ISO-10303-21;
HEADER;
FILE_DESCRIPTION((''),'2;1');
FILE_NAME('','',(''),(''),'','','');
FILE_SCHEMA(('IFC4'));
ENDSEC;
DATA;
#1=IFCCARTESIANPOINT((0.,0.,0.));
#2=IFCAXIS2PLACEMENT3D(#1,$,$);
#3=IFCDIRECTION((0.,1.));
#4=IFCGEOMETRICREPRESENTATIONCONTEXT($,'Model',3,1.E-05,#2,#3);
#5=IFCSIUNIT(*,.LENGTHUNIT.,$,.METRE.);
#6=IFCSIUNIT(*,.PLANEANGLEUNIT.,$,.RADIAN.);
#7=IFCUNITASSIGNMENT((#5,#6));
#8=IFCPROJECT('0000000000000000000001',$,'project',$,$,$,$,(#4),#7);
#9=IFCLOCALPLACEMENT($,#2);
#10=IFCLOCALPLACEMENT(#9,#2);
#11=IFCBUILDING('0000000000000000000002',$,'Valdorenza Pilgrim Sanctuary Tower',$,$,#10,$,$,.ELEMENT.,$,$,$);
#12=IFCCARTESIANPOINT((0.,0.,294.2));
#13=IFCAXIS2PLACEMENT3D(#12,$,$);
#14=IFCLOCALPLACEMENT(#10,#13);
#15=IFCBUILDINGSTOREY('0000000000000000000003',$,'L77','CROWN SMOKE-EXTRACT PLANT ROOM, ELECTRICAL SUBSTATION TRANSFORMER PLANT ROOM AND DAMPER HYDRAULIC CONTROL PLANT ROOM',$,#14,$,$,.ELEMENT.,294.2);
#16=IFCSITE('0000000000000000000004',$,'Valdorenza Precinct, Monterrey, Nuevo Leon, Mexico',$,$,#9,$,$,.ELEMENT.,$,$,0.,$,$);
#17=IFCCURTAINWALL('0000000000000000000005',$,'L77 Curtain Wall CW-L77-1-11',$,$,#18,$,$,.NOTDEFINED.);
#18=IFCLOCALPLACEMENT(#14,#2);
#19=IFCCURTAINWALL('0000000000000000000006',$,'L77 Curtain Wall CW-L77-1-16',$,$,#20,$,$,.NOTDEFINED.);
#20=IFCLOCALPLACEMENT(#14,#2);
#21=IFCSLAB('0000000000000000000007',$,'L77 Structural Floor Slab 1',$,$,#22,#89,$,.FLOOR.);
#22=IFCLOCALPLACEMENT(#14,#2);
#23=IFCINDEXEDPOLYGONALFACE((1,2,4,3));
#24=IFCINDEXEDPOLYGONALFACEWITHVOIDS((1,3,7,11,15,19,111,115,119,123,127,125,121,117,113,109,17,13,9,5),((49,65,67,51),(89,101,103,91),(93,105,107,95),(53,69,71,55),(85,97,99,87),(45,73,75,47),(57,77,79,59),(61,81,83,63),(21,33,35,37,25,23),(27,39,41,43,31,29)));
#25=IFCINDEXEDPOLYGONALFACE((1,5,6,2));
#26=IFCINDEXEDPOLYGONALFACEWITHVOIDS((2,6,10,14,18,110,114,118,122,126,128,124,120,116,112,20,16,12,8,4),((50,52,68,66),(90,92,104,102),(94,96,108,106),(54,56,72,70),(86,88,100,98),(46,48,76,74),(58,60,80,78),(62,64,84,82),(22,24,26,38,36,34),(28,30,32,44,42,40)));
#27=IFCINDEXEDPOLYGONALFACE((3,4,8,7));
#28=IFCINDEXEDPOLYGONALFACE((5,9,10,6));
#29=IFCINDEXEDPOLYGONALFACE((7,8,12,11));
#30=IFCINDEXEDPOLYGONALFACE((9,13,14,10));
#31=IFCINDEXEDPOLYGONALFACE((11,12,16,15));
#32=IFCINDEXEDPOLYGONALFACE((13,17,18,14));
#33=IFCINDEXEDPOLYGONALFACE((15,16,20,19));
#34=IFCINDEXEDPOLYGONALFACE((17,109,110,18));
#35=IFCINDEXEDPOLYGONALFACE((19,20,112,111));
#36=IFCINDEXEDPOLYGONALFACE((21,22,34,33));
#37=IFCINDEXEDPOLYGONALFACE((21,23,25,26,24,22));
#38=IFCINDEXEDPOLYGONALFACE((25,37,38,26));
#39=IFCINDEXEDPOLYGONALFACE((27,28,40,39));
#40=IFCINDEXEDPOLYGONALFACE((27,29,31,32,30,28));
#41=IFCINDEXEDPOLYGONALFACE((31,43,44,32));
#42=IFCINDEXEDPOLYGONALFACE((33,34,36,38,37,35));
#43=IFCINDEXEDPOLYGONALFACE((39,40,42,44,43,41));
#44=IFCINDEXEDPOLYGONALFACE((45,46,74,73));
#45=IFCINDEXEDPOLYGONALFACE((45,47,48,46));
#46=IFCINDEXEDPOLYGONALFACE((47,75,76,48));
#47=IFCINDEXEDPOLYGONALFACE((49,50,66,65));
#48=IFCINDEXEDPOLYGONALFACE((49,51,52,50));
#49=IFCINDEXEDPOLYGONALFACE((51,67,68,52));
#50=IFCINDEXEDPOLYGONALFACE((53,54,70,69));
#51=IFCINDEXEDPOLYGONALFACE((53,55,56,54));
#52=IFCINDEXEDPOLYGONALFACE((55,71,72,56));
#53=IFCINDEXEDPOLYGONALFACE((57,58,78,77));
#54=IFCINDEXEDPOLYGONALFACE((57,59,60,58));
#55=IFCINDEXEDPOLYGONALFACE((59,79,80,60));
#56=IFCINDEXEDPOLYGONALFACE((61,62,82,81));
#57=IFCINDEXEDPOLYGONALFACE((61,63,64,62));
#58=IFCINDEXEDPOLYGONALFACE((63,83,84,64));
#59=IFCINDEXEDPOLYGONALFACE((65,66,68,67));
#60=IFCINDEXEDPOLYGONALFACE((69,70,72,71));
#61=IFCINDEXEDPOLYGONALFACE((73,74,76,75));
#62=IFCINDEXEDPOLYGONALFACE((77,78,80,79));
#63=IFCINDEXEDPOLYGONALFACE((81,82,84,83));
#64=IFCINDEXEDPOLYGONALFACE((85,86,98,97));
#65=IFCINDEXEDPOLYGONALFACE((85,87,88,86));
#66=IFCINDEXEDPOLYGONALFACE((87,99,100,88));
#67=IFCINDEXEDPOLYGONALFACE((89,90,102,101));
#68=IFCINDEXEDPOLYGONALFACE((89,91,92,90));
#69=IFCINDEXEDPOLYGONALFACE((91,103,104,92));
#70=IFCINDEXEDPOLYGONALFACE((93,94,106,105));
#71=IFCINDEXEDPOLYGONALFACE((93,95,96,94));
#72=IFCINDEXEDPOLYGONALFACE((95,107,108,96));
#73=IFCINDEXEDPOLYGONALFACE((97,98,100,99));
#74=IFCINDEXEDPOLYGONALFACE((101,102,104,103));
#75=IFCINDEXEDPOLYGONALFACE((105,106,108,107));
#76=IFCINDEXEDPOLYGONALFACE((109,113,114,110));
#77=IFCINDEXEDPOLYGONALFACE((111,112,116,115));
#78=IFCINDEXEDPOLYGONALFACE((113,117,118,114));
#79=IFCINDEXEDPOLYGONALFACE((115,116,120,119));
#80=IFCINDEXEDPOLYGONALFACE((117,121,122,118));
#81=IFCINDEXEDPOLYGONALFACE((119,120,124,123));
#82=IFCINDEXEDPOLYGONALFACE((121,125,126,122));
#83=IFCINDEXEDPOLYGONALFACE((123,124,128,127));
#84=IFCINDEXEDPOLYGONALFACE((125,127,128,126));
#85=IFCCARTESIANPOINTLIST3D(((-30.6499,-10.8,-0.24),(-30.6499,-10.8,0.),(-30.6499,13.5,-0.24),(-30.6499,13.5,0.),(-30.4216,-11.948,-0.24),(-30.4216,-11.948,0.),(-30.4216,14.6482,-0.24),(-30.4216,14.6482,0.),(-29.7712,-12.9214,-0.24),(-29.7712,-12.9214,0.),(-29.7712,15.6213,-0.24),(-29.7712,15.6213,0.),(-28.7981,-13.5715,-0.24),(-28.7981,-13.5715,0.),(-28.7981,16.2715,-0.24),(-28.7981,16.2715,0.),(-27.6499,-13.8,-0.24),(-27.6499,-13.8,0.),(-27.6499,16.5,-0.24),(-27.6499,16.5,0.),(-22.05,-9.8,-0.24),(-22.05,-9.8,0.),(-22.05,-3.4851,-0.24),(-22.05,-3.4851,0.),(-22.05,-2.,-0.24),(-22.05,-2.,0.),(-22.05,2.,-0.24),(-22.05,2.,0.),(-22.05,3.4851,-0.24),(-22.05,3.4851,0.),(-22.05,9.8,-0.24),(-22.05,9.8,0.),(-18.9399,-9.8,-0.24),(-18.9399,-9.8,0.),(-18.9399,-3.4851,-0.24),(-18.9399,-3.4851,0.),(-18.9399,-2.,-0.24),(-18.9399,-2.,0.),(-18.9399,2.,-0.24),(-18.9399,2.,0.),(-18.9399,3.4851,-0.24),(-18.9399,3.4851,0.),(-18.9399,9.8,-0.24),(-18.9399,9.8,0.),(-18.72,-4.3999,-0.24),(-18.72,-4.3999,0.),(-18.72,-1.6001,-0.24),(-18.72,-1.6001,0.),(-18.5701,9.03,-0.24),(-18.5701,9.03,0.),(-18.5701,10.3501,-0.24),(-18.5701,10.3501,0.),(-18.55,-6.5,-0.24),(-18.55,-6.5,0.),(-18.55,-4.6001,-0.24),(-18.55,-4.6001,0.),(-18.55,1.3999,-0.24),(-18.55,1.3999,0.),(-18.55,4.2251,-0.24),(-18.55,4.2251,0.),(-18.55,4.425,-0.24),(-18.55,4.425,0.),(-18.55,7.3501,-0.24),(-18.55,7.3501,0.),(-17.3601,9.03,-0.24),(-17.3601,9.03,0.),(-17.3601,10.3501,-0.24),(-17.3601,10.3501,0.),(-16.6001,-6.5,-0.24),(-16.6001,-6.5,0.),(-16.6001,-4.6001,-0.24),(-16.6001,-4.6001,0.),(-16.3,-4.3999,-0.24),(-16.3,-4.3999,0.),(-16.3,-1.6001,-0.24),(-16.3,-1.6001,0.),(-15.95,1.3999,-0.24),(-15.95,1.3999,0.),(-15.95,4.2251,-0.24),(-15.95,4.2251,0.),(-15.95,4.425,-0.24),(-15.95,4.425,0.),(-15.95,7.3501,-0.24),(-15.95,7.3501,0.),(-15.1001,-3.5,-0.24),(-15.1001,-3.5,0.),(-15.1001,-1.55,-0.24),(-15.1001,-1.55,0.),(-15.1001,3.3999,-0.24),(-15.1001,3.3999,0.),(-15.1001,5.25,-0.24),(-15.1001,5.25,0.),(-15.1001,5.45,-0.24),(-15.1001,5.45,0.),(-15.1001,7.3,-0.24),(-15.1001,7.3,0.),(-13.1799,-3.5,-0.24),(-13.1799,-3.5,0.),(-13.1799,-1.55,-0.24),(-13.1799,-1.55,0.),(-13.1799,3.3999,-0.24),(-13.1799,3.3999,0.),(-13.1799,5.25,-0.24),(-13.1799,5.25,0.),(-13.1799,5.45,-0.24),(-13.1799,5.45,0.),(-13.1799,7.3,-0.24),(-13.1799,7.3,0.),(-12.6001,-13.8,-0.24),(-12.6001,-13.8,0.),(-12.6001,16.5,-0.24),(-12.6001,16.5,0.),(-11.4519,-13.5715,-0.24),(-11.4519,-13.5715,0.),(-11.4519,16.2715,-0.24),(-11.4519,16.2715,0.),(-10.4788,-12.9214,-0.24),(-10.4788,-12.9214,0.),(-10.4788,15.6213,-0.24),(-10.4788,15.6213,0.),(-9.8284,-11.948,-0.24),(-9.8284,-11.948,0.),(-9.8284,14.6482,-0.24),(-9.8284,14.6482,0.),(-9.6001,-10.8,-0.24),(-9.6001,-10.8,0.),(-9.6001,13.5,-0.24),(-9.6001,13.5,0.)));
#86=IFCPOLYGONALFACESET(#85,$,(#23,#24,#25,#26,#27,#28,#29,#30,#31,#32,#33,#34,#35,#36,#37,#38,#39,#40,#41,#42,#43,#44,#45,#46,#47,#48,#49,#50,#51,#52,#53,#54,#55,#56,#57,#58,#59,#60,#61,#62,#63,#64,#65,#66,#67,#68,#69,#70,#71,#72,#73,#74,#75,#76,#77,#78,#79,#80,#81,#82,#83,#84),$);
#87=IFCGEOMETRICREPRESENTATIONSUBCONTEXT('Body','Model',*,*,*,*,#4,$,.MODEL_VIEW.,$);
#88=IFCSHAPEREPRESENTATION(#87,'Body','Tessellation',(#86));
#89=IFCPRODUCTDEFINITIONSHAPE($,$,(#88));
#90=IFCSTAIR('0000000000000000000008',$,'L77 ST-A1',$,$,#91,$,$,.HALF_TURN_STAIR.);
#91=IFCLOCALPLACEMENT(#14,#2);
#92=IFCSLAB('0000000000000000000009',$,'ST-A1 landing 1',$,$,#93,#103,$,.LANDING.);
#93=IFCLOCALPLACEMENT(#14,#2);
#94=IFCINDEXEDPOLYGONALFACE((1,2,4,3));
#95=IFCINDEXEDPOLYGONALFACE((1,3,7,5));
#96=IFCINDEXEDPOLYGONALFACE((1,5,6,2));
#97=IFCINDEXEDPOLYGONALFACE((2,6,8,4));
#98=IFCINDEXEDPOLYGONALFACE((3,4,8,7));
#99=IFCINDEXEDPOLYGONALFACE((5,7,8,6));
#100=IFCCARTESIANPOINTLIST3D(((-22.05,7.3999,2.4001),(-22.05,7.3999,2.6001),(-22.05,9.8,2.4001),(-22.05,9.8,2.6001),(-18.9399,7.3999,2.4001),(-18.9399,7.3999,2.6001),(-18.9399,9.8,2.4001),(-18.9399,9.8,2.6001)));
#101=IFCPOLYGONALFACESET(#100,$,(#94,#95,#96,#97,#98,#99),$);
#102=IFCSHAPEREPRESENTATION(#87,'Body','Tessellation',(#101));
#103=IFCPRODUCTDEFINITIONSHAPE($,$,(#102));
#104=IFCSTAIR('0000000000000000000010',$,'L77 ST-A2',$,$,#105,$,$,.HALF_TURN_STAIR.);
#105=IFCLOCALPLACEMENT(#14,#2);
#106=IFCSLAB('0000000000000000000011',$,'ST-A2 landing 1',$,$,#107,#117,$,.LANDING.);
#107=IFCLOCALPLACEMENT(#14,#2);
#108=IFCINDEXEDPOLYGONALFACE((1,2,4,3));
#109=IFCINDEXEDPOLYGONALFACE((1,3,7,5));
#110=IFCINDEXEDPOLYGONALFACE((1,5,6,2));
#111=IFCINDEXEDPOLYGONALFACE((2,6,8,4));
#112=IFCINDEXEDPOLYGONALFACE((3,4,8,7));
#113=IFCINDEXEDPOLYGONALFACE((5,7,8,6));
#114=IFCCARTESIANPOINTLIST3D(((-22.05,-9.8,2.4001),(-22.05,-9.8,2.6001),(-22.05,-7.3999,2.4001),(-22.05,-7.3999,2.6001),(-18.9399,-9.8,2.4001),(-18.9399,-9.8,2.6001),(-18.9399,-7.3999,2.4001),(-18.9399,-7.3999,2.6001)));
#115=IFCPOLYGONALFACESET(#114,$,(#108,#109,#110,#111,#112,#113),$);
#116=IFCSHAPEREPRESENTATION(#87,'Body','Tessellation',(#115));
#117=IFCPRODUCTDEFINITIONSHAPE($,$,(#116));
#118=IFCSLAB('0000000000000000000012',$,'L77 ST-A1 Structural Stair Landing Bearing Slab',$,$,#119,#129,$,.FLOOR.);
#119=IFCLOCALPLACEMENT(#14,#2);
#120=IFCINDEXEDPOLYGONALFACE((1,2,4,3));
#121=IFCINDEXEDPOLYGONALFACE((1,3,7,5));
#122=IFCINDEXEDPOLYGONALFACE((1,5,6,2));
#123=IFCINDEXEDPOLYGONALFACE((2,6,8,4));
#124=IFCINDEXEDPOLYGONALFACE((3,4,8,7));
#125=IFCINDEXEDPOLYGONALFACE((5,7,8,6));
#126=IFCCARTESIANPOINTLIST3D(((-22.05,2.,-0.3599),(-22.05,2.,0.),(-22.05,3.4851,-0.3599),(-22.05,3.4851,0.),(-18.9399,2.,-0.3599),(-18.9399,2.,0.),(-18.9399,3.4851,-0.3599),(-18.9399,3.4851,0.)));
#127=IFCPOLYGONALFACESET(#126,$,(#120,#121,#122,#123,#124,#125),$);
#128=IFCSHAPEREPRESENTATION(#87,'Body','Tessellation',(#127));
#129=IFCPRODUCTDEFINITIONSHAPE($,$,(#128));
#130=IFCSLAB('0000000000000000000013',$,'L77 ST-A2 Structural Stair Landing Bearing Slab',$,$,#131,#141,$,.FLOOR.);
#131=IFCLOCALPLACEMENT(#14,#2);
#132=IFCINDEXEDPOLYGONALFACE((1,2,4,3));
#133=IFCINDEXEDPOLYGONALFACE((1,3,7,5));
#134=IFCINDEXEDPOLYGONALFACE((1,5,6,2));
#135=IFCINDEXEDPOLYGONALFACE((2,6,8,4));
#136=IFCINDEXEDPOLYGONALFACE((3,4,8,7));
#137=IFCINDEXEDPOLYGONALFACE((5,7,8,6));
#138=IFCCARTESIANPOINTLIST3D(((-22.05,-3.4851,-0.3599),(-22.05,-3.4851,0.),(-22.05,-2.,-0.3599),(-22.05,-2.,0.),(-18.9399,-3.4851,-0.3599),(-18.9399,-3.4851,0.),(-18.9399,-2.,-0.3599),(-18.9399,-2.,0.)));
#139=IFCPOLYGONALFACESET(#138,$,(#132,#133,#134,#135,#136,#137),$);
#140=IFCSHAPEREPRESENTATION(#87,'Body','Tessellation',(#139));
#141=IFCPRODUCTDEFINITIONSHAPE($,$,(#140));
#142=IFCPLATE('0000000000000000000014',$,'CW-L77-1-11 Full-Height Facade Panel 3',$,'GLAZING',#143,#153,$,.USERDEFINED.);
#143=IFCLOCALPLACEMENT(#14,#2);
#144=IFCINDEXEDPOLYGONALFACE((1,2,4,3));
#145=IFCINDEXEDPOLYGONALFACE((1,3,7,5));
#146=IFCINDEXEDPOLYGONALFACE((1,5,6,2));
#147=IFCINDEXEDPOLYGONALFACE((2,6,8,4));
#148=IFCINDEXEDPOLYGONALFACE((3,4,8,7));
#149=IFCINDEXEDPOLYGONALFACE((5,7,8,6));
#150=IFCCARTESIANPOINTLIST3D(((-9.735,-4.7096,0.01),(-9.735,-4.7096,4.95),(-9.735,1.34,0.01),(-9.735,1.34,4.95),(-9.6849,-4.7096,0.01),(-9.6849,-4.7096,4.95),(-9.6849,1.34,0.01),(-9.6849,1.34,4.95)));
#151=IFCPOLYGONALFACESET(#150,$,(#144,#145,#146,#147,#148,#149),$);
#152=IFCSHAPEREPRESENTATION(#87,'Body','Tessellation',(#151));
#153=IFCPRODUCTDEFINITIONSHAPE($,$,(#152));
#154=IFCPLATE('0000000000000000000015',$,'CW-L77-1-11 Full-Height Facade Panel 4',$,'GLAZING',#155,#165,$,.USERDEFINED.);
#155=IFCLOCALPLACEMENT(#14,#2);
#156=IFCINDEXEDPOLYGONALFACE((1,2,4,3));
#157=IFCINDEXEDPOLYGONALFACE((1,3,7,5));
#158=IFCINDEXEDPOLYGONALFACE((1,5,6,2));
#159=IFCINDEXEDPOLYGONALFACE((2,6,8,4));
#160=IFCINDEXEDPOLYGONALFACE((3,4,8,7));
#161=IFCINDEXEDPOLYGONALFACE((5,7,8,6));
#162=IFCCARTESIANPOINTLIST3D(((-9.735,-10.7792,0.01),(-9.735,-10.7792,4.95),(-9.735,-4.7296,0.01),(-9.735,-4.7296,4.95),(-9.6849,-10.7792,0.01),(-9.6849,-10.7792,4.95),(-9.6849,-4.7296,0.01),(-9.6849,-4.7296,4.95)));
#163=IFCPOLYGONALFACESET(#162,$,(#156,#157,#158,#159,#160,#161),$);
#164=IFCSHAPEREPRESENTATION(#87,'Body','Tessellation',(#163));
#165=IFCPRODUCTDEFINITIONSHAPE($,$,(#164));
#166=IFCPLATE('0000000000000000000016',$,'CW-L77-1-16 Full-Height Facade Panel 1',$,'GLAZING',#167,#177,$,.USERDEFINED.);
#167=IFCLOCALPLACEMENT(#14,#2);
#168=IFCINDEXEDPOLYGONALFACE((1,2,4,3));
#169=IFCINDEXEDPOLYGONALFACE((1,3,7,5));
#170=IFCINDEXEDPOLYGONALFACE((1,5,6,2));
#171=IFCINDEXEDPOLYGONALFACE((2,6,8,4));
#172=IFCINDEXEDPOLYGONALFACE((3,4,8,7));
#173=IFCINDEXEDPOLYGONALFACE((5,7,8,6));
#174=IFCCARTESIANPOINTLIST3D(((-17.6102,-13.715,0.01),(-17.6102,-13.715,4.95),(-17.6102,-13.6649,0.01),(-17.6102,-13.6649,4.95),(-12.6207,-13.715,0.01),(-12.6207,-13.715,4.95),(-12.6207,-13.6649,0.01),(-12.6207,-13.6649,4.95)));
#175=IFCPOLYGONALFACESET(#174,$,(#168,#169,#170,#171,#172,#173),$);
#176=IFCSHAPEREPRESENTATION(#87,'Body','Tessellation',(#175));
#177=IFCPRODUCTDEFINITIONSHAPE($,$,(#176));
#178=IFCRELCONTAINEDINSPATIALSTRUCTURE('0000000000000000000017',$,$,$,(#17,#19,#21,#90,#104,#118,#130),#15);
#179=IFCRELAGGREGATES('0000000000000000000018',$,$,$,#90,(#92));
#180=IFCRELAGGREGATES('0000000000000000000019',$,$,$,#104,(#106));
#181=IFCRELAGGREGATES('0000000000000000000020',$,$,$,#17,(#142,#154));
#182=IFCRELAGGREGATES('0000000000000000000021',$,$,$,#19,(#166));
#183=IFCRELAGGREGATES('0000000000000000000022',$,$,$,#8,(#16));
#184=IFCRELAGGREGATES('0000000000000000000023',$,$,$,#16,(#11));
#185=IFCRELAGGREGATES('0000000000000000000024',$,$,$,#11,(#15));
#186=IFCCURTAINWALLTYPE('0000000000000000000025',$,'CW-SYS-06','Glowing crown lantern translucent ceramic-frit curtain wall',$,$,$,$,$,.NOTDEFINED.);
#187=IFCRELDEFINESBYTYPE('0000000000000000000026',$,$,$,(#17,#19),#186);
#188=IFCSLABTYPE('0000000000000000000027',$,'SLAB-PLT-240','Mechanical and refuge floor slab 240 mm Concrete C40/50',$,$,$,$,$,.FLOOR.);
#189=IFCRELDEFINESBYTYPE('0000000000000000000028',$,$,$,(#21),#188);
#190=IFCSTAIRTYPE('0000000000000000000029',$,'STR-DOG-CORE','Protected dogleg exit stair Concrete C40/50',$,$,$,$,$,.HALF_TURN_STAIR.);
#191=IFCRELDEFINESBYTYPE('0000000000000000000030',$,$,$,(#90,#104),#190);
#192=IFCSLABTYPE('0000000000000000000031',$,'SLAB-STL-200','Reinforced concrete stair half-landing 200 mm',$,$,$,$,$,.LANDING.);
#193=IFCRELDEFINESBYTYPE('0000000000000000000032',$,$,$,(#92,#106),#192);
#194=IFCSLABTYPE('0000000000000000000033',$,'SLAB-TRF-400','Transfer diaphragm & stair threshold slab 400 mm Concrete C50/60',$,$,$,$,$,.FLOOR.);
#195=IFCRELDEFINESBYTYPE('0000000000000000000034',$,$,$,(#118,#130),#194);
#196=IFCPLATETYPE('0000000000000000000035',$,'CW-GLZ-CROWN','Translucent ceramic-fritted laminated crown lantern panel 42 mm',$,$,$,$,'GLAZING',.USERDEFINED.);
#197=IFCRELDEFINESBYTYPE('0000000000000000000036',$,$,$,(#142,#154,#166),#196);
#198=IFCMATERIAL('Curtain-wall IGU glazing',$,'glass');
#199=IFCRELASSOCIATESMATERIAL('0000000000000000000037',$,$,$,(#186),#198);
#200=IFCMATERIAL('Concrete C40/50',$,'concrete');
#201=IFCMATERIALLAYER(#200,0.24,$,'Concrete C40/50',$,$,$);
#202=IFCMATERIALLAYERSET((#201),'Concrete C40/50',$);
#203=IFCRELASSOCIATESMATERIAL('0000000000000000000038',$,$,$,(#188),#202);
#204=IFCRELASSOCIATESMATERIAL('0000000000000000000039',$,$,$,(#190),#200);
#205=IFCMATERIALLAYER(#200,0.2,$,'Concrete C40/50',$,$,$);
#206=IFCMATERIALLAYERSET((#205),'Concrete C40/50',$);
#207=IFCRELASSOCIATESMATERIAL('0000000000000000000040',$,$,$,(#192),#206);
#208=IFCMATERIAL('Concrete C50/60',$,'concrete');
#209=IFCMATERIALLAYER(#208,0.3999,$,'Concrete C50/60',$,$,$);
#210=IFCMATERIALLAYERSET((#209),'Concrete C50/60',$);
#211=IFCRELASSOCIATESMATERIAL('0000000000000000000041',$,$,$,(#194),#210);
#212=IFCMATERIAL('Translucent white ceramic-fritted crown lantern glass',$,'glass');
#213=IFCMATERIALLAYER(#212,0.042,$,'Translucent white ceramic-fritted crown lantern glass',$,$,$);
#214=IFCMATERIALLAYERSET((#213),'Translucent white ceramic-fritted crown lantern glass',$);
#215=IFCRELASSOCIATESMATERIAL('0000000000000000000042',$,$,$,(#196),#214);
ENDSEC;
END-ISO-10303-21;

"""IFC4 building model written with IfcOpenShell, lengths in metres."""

from ifc_helpers import new_model, si_unit, direction, frame, origin, origin_2d, place, context, subcontext, project, spatial, polyline, rectangle, outline, extrude, source, transform, mapped, material, layer, layer_set, type_object, element, aggregate, save


model = new_model("IFC4")

# Units and contexts
model_context = context("Model", 3, precision=1e-05, world=origin(), true_north=direction((0.0, 1.0)))
body_context = subcontext(model_context, "Body", "Model", "MODEL_VIEW")
ifc_project = project(units=[si_unit("LENGTHUNIT", "METRE"), si_unit("PLANEANGLEUNIT", "RADIAN")], contexts=[model_context])

# Site, building, storey
site_placement = place(None, origin())
site = spatial("IfcSite", under=ifc_project, at=site_placement, Name="Valdorenza Precinct, Monterrey, Nuevo Leon, Mexico", CompositionType="ELEMENT", RefElevation=0.0)
building_placement = place(site_placement, origin())
building = spatial("IfcBuilding", under=site, at=building_placement, Name="Valdorenza Pilgrim Sanctuary Tower", CompositionType="ELEMENT")
storey_placement = place(building_placement, frame((0.0, 0.0, 294.2)))
storey = spatial("IfcBuildingStorey", under=building, at=storey_placement, Name="L77", Description="CROWN SMOKE-EXTRACT PLANT ROOM, ELECTRICAL SUBSTATION TRANSFORMER PLANT ROOM AND DAMPER HYDRAULIC CONTROL PLANT ROOM", CompositionType="ELEMENT", Elevation=294.2)

# Shared definitions
ifc_material_1 = material(Name="Concrete C50/60", Category="concrete")

# Curtain walls
ifc_material_2 = material(Name="Curtain-wall IGU glazing", Category="glass")
curtain_wall_type = type_object("IfcCurtainWallType", Name="CW-SYS-06", Description="Glowing crown lantern translucent ceramic-frit curtain wall", PredefinedType="NOTDEFINED", material=ifc_material_2)
curtain_wall_1_placement = place(storey_placement, origin())
curtain_wall_1 = element("IfcCurtainWall", 1, at=curtain_wall_1_placement, inside=storey, type_object=curtain_wall_type, Name="L77 Curtain Wall CW-L77-1-11", PredefinedType="NOTDEFINED")
curtain_wall_2_placement = place(storey_placement, origin())
curtain_wall_2 = element("IfcCurtainWall", 2, at=curtain_wall_2_placement, inside=storey, type_object=curtain_wall_type, Name="L77 Curtain Wall CW-L77-1-16", PredefinedType="NOTDEFINED")

# Slab
ifc_material_3 = material(Name="Concrete C40/50", Category="concrete")
ifc_layer_1 = layer(ifc_material_3, 0.24, Name="Concrete C40/50")
ifc_layer_set_1 = layer_set([ifc_layer_1], Name="Concrete C40/50")
slab_type_1 = type_object("IfcSlabType", Name="SLAB-PLT-240", Description="Mechanical and refuge floor slab 240 mm Concrete C40/50", PredefinedType="FLOOR", material=ifc_layer_set_1)
slab_1_placement = place(storey_placement, frame((0.0, 0.0, -0.24)))
element("IfcSlab", 3, at=slab_1_placement, inside=storey, type_object=slab_type_1, Name="L77 Structural Floor Slab 1", PredefinedType="FLOOR", context=body_context, shape_type="SweptSolid", body=[
    extrude(outline(polyline([(-30.6499, 13.5), (-30.4216, 14.6482), (-29.7712, 15.6213), (-28.7981, 16.2715), (-27.6499, 16.5), (-12.6001, 16.5), (-11.4519, 16.2715), (-10.4788, 15.6213), (-9.8284, 14.6482), (-9.6001, 13.5), (-9.6001, -10.8), (-9.8284, -11.948), (-10.4788, -12.9214), (-11.4519, -13.5715), (-12.6001, -13.8), (-27.6499, -13.8), (-28.7981, -13.5715), (-29.7712, -12.9214), (-30.4216, -11.948), (-30.6499, -10.8), (-30.6499, 13.5)]), holes=[polyline([(-22.05, -9.8), (-18.9399, -9.8), (-18.9399, -3.4851), (-18.9399, -2.0), (-22.05, -2.0), (-22.05, -3.4851), (-22.05, -9.8)]), polyline([(-16.6001, -6.5), (-16.6001, -4.6001), (-18.55, -4.6001), (-18.55, -6.5), (-16.6001, -6.5)]), polyline([(-22.05, 2.0), (-18.9399, 2.0), (-18.9399, 3.4851), (-18.9399, 9.8), (-22.05, 9.8), (-22.05, 3.4851), (-22.05, 2.0)]), polyline([(-17.3601, 9.03), (-17.3601, 10.3501), (-18.5701, 10.3501), (-18.5701, 9.03), (-17.3601, 9.03)]), polyline([(-16.3, -1.6001), (-18.72, -1.6001), (-18.72, -4.3999), (-16.3, -4.3999), (-16.3, -1.6001)]), polyline([(-13.1799, -3.5), (-13.1799, -1.55), (-15.1001, -1.55), (-15.1001, -3.5), (-13.1799, -3.5)]), polyline([(-15.95, 1.3999), (-15.95, 4.2251), (-18.55, 4.2251), (-18.55, 1.3999), (-15.95, 1.3999)]), polyline([(-13.1799, 5.25), (-15.1001, 5.25), (-15.1001, 3.3999), (-13.1799, 3.3999), (-13.1799, 5.25)]), polyline([(-15.95, 4.425), (-15.95, 7.3501), (-18.55, 7.3501), (-18.55, 4.425), (-15.95, 4.425)]), polyline([(-13.1799, 5.45), (-13.1799, 7.3), (-15.1001, 7.3), (-15.1001, 5.45), (-13.1799, 5.45)])]), origin(), (0.0, 0.0, 1.0), 0.24),
])

# Stairs, slabs
stair_type = type_object("IfcStairType", Name="STR-DOG-CORE", Description="Protected dogleg exit stair Concrete C40/50", PredefinedType="HALF_TURN_STAIR", material=ifc_material_3)
stair_1_placement = place(storey_placement, origin())
stair_1 = element("IfcStair", 4, at=stair_1_placement, inside=storey, type_object=stair_type, Name="L77 ST-A1", PredefinedType="HALF_TURN_STAIR")
ifc_layer_2 = layer(ifc_material_3, 0.2, Name="Concrete C40/50")
ifc_layer_set_2 = layer_set([ifc_layer_2], Name="Concrete C40/50")
slab_type_2 = type_object("IfcSlabType", Name="SLAB-STL-200", Description="Reinforced concrete stair half-landing 200 mm", PredefinedType="LANDING", material=ifc_layer_set_2)
slab_2_placement = place(storey_placement, frame((0.0, 0.0, 2.4001)))
slab_2 = element("IfcSlab", 5, at=slab_2_placement, type_object=slab_type_2, Name="ST-A1 landing 1", PredefinedType="LANDING", context=body_context, shape_type="SweptSolid", body=[
    extrude(outline(polyline([(-18.9399, 7.3999), (-18.9399, 9.8), (-22.05, 9.8), (-22.05, 7.3999), (-18.9399, 7.3999)])), origin(), (0.0, 0.0, 1.0), 0.2),
])
aggregate(stair_1, [slab_2])
stair_2_placement = place(storey_placement, origin())
stair_2 = element("IfcStair", 6, at=stair_2_placement, inside=storey, type_object=stair_type, Name="L77 ST-A2", PredefinedType="HALF_TURN_STAIR")
slab_3_placement = place(storey_placement, frame((0.0, 0.0, 2.4001)))
slab_3 = element("IfcSlab", 7, at=slab_3_placement, type_object=slab_type_2, Name="ST-A2 landing 1", PredefinedType="LANDING", context=body_context, shape_type="SweptSolid", body=[
    extrude(outline(polyline([(-22.05, -7.3999), (-22.05, -9.8), (-18.9399, -9.8), (-18.9399, -7.3999), (-22.05, -7.3999)])), origin(), (0.0, 0.0, 1.0), 0.2),
])
aggregate(stair_2, [slab_3])

# Slabs
ifc_layer_3 = layer(ifc_material_1, 0.3999, Name="Concrete C50/60")
ifc_layer_set_3 = layer_set([ifc_layer_3], Name="Concrete C50/60")
slab_type_3 = type_object("IfcSlabType", Name="SLAB-TRF-400", Description="Transfer diaphragm & stair threshold slab 400 mm Concrete C50/60", PredefinedType="FLOOR", material=ifc_layer_set_3)
slab_4_placement = place(storey_placement, frame((0.0, 0.0, -0.3599)))
element("IfcSlab", 8, at=slab_4_placement, inside=storey, type_object=slab_type_3, Name="L77 ST-A1 Structural Stair Landing Bearing Slab", PredefinedType="FLOOR", context=body_context, shape_type="SweptSolid", body=[
    extrude(outline(polyline([(-22.05, 2.0), (-18.9399, 2.0), (-18.9399, 3.4851), (-22.05, 3.4851), (-22.05, 2.0)])), origin(), (0.0, 0.0, 1.0), 0.3599),
])
slab_5_placement = place(storey_placement, frame((0.0, 0.0, -0.3599)))
element("IfcSlab", 9, at=slab_5_placement, inside=storey, type_object=slab_type_3, Name="L77 ST-A2 Structural Stair Landing Bearing Slab", PredefinedType="FLOOR", context=body_context, shape_type="SweptSolid", body=[
    extrude(outline(polyline([(-22.05, -3.4851), (-18.9399, -3.4851), (-18.9399, -2.0), (-22.05, -2.0), (-22.05, -3.4851)])), origin(), (0.0, 0.0, 1.0), 0.3599),
])

# Plates
ifc_material_4 = material(Name="Translucent white ceramic-fritted crown lantern glass", Category="glass")
ifc_layer_4 = layer(ifc_material_4, 0.042, Name="Translucent white ceramic-fritted crown lantern glass")
ifc_layer_set_4 = layer_set([ifc_layer_4], Name="Translucent white ceramic-fritted crown lantern glass")
plate_type = type_object("IfcPlateType", Name="CW-GLZ-CROWN", Description="Translucent ceramic-fritted laminated crown lantern panel 42 mm", ElementType="GLAZING", PredefinedType="USERDEFINED", material=ifc_layer_set_4)
shared_shape_1 = source(origin(), body_context, "Body", "SweptSolid", [
    extrude(rectangle(XDim=6.0496, YDim=0.05, at=origin_2d()), origin(), (0.0, 0.0, 1.0), 4.9399),
])
plate_1_placement = place(storey_placement, frame((-9.71, -1.6848, 0.01), z_axis=(0.0, 0.0, 1.0), x_axis=(0.0, -1.0, 0.0)))
plate_1 = element("IfcPlate", 10, at=plate_1_placement, type_object=plate_type, Name="CW-L77-1-11 Full-Height Facade Panel 3", ObjectType="GLAZING", PredefinedType="USERDEFINED", context=body_context, shape_type="MappedRepresentation", body=[
    mapped(shared_shape_1, transform((0.0, 0.0, 0.0), x_axis=(1.0, 0.0, 0.0), y_axis=(0.0, 1.0, 0.0), z_axis=(0.0, 0.0, 1.0), scale=1.0)),
])
plate_2_placement = place(storey_placement, frame((-9.71, -7.7544, 0.01), z_axis=(0.0, 0.0, 1.0), x_axis=(0.0, -1.0, 0.0)))
plate_2 = element("IfcPlate", 11, at=plate_2_placement, type_object=plate_type, Name="CW-L77-1-11 Full-Height Facade Panel 4", ObjectType="GLAZING", PredefinedType="USERDEFINED", context=body_context, shape_type="MappedRepresentation", body=[
    mapped(shared_shape_1, transform((0.0, 0.0, 0.0), x_axis=(1.0, 0.0, 0.0), y_axis=(0.0, 1.0, 0.0), z_axis=(0.0, 0.0, 1.0), scale=1.0)),
])
aggregate(curtain_wall_1, [plate_1, plate_2])
shared_shape_2 = source(origin(), body_context, "Body", "SweptSolid", [
    extrude(rectangle(XDim=4.9895, YDim=0.05, at=origin_2d()), origin(), (0.0, 0.0, 1.0), 4.9399),
])
plate_3_placement = place(storey_placement, frame((-15.1155, -13.6899, 0.01), z_axis=(0.0, 0.0, 1.0), x_axis=(-1.0, 0.0, 0.0)))
plate_3 = element("IfcPlate", 12, at=plate_3_placement, type_object=plate_type, Name="CW-L77-1-16 Full-Height Facade Panel 1", ObjectType="GLAZING", PredefinedType="USERDEFINED", context=body_context, shape_type="MappedRepresentation", body=[
    mapped(shared_shape_2, transform((0.0, 0.0, 0.0), x_axis=(1.0, 0.0, 0.0), y_axis=(0.0, 1.0, 0.0), z_axis=(0.0, 0.0, 1.0), scale=1.0)),
])
aggregate(curtain_wall_2, [plate_3])

save(model, "model.ifc")
